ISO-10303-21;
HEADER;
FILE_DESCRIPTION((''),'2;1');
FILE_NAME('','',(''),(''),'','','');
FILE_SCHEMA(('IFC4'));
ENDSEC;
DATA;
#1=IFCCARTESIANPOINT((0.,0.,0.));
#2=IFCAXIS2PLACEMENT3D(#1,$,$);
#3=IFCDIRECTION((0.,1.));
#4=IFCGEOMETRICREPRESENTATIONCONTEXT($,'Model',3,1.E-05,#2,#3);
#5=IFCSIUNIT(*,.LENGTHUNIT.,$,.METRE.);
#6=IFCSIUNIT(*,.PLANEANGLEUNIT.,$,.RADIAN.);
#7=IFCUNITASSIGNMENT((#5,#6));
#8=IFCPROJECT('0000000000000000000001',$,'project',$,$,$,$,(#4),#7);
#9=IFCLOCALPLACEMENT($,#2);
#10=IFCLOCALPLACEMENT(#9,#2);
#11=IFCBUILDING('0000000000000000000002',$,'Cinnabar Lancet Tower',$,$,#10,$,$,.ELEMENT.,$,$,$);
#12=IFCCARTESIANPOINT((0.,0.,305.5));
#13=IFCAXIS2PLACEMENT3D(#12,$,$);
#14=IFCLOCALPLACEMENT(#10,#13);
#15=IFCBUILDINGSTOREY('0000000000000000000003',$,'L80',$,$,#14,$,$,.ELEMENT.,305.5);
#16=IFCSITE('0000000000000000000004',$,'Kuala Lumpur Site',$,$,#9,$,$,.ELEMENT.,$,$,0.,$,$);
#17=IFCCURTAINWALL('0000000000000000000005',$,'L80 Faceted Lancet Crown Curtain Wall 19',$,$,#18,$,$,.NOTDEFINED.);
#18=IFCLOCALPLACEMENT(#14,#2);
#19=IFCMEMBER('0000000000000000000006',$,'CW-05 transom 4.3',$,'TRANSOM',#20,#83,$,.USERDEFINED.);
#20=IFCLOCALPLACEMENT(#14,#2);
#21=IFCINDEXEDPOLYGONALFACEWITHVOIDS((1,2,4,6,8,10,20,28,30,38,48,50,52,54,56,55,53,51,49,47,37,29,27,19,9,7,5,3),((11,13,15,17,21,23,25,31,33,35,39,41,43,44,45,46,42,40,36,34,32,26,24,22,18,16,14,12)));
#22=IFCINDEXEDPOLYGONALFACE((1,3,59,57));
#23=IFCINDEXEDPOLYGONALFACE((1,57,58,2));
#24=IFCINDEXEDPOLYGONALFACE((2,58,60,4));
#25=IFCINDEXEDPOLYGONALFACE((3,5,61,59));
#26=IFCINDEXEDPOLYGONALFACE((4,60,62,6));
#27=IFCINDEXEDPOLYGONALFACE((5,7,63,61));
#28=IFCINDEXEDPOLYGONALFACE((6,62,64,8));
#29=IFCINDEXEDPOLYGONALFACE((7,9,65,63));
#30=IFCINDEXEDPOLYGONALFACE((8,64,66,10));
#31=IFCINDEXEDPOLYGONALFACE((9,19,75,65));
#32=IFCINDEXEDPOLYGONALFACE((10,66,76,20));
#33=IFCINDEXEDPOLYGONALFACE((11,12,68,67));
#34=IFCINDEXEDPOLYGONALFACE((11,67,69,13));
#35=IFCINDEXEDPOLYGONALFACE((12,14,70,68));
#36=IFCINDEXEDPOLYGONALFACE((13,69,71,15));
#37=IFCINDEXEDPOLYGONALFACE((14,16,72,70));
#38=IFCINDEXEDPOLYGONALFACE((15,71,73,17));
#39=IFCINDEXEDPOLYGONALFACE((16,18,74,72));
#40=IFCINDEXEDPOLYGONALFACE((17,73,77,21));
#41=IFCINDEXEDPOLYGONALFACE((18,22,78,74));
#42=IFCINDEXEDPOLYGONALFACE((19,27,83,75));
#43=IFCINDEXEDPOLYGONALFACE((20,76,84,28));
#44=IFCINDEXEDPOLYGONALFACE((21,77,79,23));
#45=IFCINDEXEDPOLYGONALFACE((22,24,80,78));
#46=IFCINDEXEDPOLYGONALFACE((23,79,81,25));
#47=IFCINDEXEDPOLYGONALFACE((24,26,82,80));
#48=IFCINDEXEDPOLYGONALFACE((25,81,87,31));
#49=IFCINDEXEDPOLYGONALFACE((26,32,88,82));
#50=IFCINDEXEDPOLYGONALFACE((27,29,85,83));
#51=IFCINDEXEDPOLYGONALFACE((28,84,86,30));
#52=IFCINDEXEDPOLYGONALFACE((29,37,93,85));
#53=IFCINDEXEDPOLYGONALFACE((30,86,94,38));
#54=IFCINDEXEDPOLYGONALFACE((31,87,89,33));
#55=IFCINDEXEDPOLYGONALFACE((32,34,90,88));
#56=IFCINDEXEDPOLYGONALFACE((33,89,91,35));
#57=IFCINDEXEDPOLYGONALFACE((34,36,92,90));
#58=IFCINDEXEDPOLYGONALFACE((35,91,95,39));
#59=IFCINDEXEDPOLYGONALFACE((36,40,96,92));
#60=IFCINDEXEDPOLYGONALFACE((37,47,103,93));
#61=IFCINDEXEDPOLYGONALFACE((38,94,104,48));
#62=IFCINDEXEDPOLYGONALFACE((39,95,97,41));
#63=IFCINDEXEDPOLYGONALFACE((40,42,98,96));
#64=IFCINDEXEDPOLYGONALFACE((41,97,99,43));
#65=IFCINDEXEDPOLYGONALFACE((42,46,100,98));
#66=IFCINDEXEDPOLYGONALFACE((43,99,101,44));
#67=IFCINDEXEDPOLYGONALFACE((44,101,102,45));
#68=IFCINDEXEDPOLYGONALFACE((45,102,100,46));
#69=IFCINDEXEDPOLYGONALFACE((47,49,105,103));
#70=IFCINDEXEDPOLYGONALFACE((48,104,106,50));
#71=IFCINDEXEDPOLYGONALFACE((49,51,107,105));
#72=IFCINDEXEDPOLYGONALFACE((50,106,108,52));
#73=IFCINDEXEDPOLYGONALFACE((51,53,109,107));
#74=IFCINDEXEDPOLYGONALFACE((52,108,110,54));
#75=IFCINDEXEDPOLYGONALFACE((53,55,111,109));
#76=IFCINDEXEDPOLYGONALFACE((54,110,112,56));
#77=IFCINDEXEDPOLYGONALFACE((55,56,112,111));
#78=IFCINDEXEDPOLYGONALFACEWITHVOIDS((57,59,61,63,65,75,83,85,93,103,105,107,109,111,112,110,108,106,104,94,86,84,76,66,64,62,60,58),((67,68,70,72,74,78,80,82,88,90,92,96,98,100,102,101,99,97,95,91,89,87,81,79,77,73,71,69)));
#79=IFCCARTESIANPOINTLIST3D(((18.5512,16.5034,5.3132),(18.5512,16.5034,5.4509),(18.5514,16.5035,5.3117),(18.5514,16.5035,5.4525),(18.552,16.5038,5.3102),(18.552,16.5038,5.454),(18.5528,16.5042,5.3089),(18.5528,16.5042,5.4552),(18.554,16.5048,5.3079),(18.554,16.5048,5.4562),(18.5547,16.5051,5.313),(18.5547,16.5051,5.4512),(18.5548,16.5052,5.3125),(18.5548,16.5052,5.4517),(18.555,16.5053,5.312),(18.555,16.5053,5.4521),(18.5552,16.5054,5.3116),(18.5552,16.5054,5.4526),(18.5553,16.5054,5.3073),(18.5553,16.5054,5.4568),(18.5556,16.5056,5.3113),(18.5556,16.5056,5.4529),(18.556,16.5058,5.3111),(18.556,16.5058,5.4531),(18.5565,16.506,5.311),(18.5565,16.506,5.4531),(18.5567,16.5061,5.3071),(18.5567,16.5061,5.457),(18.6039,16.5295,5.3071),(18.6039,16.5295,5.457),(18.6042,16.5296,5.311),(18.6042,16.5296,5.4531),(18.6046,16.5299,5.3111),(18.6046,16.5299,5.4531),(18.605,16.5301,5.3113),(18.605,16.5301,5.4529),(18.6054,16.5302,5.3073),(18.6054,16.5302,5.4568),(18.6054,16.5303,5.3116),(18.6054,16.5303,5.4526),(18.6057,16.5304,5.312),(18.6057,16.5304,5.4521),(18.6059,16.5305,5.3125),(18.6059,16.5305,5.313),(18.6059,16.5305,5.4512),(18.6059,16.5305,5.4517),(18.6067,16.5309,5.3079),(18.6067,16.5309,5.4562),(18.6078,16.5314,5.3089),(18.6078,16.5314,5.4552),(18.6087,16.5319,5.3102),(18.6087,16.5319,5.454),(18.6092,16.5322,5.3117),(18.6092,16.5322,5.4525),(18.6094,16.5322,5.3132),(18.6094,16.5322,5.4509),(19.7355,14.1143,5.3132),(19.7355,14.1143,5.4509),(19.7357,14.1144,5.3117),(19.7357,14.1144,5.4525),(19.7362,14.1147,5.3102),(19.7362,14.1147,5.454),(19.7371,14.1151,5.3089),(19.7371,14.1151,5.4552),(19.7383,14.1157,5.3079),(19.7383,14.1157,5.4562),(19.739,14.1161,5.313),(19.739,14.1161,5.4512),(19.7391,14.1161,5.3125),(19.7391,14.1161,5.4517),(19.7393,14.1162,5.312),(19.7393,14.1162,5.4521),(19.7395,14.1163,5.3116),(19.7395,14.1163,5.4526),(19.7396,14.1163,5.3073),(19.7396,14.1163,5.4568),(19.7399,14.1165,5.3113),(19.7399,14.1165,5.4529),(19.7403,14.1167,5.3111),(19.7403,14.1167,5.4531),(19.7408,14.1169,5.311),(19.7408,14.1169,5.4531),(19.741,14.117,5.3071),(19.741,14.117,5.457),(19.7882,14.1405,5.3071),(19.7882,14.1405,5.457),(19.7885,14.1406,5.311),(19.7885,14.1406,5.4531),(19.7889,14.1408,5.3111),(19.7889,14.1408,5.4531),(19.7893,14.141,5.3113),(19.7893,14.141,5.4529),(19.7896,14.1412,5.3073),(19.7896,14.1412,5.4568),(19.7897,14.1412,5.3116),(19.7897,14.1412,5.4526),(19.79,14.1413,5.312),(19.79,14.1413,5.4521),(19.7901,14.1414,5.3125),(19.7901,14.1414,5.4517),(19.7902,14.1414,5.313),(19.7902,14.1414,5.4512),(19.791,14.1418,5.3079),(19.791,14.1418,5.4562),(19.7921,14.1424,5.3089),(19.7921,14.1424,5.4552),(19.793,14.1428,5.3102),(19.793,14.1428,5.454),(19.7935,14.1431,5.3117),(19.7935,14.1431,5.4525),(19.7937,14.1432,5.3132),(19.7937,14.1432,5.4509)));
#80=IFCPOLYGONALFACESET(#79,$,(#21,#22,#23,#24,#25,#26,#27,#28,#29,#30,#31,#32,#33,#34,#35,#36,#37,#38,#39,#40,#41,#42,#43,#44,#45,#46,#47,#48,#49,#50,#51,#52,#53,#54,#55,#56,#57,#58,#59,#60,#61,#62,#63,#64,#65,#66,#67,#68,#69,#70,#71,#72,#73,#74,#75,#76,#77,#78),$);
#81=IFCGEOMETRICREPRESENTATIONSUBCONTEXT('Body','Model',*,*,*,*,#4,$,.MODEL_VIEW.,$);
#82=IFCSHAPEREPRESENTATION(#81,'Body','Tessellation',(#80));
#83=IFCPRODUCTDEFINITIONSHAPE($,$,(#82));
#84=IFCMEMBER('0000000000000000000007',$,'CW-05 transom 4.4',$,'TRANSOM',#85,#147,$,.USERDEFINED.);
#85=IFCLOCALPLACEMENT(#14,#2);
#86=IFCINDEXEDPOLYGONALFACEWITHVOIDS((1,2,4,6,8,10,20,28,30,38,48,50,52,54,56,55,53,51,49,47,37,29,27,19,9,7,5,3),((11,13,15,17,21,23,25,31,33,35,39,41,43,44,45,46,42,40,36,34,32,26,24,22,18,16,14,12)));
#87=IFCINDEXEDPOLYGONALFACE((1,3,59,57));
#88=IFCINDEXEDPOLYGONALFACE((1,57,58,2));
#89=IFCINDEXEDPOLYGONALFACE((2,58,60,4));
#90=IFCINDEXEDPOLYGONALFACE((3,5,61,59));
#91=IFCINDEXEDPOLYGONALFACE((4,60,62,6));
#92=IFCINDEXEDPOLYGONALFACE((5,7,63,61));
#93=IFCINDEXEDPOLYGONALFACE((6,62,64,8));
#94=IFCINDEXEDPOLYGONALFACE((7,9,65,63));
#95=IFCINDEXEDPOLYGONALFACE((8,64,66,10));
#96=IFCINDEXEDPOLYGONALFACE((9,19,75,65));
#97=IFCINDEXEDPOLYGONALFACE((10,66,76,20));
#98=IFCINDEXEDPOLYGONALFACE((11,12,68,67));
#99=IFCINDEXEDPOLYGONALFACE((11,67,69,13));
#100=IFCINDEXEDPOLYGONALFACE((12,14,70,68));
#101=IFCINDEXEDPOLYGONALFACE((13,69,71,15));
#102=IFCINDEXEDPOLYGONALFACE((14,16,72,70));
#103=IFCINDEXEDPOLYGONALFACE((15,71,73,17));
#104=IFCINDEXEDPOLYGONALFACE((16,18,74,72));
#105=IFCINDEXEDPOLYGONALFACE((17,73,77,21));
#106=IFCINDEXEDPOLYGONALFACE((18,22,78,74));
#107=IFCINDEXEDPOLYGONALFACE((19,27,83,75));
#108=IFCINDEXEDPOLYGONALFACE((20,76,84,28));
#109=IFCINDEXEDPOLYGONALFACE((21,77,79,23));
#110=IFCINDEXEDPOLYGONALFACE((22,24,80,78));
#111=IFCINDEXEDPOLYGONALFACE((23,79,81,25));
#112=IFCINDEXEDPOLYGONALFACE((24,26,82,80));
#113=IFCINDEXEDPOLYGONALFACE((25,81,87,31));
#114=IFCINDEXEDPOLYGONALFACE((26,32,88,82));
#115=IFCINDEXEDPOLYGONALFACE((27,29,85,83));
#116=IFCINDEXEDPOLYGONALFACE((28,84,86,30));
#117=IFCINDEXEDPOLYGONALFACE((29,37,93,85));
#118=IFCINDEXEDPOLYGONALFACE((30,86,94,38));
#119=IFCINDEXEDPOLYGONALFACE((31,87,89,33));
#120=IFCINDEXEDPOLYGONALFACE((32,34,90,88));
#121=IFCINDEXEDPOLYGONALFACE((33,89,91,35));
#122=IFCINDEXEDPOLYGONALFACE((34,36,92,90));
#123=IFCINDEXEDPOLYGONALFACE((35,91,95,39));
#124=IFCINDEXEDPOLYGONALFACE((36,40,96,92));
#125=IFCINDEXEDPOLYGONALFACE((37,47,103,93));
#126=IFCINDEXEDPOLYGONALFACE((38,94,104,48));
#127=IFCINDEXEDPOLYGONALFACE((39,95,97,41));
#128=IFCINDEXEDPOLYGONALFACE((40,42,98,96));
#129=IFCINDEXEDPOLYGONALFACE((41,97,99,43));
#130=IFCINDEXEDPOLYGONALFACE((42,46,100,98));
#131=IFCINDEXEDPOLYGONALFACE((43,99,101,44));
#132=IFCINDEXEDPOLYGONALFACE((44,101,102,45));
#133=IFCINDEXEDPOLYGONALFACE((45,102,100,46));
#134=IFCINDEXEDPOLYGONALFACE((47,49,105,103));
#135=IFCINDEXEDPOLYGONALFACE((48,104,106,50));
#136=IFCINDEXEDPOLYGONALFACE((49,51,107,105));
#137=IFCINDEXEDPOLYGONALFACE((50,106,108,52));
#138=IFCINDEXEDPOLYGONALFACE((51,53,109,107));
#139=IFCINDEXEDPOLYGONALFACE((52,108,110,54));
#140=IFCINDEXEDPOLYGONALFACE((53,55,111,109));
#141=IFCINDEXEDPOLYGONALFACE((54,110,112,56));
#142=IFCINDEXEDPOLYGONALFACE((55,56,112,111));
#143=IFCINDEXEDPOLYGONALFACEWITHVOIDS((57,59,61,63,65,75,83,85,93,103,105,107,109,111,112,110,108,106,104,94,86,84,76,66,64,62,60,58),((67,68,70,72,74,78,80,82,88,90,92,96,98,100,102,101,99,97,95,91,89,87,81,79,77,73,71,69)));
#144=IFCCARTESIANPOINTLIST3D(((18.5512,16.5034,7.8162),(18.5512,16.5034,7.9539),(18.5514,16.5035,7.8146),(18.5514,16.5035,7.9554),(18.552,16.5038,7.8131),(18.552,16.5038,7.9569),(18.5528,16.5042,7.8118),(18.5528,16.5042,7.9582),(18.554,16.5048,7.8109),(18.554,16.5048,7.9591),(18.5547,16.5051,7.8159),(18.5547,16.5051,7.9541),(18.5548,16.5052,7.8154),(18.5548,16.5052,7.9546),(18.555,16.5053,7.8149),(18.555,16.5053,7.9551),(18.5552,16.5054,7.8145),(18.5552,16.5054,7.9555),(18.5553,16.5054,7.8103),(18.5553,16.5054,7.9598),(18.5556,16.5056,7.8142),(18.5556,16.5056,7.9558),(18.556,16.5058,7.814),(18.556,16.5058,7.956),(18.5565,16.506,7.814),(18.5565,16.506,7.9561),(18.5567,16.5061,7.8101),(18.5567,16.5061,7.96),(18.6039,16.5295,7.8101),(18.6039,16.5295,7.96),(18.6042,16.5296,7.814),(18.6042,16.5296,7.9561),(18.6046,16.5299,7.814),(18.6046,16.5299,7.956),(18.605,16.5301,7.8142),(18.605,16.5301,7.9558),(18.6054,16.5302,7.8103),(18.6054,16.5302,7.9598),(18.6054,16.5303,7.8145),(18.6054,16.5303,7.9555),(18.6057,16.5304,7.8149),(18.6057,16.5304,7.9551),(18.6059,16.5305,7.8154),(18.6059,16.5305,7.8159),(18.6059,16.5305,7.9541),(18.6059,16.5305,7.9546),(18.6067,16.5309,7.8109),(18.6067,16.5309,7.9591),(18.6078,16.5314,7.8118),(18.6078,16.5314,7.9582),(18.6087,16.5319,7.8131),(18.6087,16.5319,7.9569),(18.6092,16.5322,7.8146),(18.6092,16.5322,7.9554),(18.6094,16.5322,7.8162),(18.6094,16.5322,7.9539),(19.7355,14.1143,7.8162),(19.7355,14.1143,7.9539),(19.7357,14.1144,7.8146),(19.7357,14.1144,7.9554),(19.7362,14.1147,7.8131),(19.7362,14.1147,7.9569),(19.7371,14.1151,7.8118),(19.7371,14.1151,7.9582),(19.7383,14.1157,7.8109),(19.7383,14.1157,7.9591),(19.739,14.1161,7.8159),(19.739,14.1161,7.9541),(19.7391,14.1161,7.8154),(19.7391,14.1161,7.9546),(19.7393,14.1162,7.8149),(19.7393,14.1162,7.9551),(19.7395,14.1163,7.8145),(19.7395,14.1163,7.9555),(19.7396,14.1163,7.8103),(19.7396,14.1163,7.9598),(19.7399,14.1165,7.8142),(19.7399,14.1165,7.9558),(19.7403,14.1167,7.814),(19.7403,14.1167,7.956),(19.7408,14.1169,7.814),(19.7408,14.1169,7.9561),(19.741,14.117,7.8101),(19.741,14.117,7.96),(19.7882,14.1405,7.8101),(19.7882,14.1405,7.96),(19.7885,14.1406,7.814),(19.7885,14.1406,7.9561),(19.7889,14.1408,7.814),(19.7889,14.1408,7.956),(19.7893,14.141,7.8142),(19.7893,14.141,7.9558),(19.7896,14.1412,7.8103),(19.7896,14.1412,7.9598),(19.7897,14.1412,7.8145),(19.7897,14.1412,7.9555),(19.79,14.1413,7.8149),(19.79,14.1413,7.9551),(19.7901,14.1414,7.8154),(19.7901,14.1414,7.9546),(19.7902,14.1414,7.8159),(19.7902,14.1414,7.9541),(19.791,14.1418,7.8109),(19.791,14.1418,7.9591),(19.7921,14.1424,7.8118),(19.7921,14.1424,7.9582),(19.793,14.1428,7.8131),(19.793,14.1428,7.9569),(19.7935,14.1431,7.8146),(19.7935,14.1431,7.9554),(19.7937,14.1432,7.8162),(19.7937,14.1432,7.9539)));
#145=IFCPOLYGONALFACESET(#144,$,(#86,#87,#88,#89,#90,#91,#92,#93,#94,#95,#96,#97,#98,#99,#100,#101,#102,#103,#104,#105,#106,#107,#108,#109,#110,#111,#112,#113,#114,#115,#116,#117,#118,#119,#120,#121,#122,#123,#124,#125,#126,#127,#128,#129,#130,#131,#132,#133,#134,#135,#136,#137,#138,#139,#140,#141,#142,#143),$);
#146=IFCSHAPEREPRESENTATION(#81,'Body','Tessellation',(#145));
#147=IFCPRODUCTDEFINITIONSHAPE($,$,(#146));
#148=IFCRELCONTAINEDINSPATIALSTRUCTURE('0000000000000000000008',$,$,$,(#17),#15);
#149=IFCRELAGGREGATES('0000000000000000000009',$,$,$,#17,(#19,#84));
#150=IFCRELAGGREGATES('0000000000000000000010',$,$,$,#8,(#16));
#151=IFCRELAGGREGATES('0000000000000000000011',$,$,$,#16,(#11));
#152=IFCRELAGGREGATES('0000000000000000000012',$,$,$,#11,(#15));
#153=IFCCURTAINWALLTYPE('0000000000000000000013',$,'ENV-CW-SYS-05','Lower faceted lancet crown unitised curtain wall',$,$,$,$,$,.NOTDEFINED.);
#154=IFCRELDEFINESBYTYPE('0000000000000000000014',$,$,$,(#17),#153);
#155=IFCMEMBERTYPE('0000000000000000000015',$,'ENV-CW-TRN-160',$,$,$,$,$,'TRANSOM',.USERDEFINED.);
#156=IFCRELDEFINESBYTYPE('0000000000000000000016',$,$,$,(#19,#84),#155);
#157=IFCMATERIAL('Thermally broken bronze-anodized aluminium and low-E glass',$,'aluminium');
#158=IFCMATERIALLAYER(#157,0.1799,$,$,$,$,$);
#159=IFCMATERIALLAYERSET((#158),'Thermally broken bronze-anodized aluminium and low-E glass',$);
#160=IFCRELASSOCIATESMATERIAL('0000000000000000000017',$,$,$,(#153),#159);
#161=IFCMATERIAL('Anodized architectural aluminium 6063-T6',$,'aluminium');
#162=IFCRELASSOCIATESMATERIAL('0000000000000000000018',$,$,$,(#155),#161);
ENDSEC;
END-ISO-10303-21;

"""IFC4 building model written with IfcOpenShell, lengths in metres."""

from ifc_helpers import new_model, si_unit, direction, frame, origin, origin_2d, place, context, subcontext, project, spatial, hollow_rectangle, extrude, material, layer, layer_set, material_profile, profile_set, type_object, element, aggregate, save


model = new_model("IFC4")

# Units and contexts
model_context = context("Model", 3, precision=1e-05, world=origin(), true_north=direction((0.0, 1.0)))
body_context = subcontext(model_context, "Body", "Model", "MODEL_VIEW")
ifc_project = project(units=[si_unit("LENGTHUNIT", "METRE"), si_unit("PLANEANGLEUNIT", "RADIAN")], contexts=[model_context])

# Site, building, storey
site_placement = place(None, origin())
site = spatial("IfcSite", under=ifc_project, at=site_placement, Name="Kuala Lumpur Site", CompositionType="ELEMENT", RefElevation=0.0)
building_placement = place(site_placement, origin())
building = spatial("IfcBuilding", under=site, at=building_placement, Name="Cinnabar Lancet Tower", CompositionType="ELEMENT")
storey_placement = place(building_placement, frame((0.0, 0.0, 305.5)))
storey = spatial("IfcBuildingStorey", under=building, at=storey_placement, Name="L80", CompositionType="ELEMENT", Elevation=305.5)

# Curtain wall
ifc_material_1 = material(Name="Thermally broken bronze-anodized aluminium and low-E glass", Category="aluminium")
ifc_layer_1 = layer(ifc_material_1, 0.1799)
ifc_layer_set_1 = layer_set([ifc_layer_1], Name="Thermally broken bronze-anodized aluminium and low-E glass")
curtain_wall_type = type_object("IfcCurtainWallType", Name="ENV-CW-SYS-05", Description="Lower faceted lancet crown unitised curtain wall", PredefinedType="NOTDEFINED", material=ifc_layer_set_1)
curtain_wall_1_placement = place(storey_placement, origin())
curtain_wall_1 = element("IfcCurtainWall", 1, at=curtain_wall_1_placement, inside=storey, type_object=curtain_wall_type, Name="L80 Faceted Lancet Crown Curtain Wall 19", PredefinedType="NOTDEFINED")

# Members
ifc_material_2 = material(Name="Anodized architectural aluminium 6063-T6", Category="aluminium")
ifc_material_profile_1 = material_profile(ifc_material_2, hollow_rectangle(XDim=0.0649, YDim=0.1499, WallThickness=0.0039, InnerFilletRadius=0.002, OuterFilletRadius=0.0061, at=origin_2d()), Name="CW-TRN 150x65x4")
ifc_profile_set_1 = profile_set([ifc_material_profile_1], Name="Anodized architectural aluminium 6063-T6")
member_type_1 = type_object("IfcMemberType", Name="ENV-CW-TRN-160", ElementType="TRANSOM", PredefinedType="USERDEFINED", material=ifc_profile_set_1)
member_1_placement = place(storey_placement, frame((18.5803, 16.5178, 5.3821), z_axis=(0.444135, -0.89596, 0.0), x_axis=(0.89596, 0.444135, 0.0)))
member_1 = element("IfcMember", 2, at=member_1_placement, type_object=member_type_1, Name="CW-05 transom 4.3", ObjectType="TRANSOM", PredefinedType="USERDEFINED", context=body_context, shape_type="SweptSolid", body=[
    extrude(hollow_rectangle(XDim=0.0649, YDim=0.1499, WallThickness=0.0039, InnerFilletRadius=0.002, OuterFilletRadius=0.0061, at=origin_2d()), origin(), (0.0, 0.0, 1.0), 2.6665),
])
member_2_placement = place(storey_placement, frame((18.5803, 16.5178, 7.885), z_axis=(0.444135, -0.89596, 0.0), x_axis=(0.89596, 0.444135, 0.0)))
member_2 = element("IfcMember", 3, at=member_2_placement, type_object=member_type_1, Name="CW-05 transom 4.4", ObjectType="TRANSOM", PredefinedType="USERDEFINED", context=body_context, shape_type="SweptSolid", body=[
    extrude(hollow_rectangle(XDim=0.0649, YDim=0.1499, WallThickness=0.0039, InnerFilletRadius=0.002, OuterFilletRadius=0.0061, at=origin_2d()), origin(), (0.0, 0.0, 1.0), 2.6665),
])

aggregate(curtain_wall_1, [member_1, member_2])

save(model, "model.ifc")
